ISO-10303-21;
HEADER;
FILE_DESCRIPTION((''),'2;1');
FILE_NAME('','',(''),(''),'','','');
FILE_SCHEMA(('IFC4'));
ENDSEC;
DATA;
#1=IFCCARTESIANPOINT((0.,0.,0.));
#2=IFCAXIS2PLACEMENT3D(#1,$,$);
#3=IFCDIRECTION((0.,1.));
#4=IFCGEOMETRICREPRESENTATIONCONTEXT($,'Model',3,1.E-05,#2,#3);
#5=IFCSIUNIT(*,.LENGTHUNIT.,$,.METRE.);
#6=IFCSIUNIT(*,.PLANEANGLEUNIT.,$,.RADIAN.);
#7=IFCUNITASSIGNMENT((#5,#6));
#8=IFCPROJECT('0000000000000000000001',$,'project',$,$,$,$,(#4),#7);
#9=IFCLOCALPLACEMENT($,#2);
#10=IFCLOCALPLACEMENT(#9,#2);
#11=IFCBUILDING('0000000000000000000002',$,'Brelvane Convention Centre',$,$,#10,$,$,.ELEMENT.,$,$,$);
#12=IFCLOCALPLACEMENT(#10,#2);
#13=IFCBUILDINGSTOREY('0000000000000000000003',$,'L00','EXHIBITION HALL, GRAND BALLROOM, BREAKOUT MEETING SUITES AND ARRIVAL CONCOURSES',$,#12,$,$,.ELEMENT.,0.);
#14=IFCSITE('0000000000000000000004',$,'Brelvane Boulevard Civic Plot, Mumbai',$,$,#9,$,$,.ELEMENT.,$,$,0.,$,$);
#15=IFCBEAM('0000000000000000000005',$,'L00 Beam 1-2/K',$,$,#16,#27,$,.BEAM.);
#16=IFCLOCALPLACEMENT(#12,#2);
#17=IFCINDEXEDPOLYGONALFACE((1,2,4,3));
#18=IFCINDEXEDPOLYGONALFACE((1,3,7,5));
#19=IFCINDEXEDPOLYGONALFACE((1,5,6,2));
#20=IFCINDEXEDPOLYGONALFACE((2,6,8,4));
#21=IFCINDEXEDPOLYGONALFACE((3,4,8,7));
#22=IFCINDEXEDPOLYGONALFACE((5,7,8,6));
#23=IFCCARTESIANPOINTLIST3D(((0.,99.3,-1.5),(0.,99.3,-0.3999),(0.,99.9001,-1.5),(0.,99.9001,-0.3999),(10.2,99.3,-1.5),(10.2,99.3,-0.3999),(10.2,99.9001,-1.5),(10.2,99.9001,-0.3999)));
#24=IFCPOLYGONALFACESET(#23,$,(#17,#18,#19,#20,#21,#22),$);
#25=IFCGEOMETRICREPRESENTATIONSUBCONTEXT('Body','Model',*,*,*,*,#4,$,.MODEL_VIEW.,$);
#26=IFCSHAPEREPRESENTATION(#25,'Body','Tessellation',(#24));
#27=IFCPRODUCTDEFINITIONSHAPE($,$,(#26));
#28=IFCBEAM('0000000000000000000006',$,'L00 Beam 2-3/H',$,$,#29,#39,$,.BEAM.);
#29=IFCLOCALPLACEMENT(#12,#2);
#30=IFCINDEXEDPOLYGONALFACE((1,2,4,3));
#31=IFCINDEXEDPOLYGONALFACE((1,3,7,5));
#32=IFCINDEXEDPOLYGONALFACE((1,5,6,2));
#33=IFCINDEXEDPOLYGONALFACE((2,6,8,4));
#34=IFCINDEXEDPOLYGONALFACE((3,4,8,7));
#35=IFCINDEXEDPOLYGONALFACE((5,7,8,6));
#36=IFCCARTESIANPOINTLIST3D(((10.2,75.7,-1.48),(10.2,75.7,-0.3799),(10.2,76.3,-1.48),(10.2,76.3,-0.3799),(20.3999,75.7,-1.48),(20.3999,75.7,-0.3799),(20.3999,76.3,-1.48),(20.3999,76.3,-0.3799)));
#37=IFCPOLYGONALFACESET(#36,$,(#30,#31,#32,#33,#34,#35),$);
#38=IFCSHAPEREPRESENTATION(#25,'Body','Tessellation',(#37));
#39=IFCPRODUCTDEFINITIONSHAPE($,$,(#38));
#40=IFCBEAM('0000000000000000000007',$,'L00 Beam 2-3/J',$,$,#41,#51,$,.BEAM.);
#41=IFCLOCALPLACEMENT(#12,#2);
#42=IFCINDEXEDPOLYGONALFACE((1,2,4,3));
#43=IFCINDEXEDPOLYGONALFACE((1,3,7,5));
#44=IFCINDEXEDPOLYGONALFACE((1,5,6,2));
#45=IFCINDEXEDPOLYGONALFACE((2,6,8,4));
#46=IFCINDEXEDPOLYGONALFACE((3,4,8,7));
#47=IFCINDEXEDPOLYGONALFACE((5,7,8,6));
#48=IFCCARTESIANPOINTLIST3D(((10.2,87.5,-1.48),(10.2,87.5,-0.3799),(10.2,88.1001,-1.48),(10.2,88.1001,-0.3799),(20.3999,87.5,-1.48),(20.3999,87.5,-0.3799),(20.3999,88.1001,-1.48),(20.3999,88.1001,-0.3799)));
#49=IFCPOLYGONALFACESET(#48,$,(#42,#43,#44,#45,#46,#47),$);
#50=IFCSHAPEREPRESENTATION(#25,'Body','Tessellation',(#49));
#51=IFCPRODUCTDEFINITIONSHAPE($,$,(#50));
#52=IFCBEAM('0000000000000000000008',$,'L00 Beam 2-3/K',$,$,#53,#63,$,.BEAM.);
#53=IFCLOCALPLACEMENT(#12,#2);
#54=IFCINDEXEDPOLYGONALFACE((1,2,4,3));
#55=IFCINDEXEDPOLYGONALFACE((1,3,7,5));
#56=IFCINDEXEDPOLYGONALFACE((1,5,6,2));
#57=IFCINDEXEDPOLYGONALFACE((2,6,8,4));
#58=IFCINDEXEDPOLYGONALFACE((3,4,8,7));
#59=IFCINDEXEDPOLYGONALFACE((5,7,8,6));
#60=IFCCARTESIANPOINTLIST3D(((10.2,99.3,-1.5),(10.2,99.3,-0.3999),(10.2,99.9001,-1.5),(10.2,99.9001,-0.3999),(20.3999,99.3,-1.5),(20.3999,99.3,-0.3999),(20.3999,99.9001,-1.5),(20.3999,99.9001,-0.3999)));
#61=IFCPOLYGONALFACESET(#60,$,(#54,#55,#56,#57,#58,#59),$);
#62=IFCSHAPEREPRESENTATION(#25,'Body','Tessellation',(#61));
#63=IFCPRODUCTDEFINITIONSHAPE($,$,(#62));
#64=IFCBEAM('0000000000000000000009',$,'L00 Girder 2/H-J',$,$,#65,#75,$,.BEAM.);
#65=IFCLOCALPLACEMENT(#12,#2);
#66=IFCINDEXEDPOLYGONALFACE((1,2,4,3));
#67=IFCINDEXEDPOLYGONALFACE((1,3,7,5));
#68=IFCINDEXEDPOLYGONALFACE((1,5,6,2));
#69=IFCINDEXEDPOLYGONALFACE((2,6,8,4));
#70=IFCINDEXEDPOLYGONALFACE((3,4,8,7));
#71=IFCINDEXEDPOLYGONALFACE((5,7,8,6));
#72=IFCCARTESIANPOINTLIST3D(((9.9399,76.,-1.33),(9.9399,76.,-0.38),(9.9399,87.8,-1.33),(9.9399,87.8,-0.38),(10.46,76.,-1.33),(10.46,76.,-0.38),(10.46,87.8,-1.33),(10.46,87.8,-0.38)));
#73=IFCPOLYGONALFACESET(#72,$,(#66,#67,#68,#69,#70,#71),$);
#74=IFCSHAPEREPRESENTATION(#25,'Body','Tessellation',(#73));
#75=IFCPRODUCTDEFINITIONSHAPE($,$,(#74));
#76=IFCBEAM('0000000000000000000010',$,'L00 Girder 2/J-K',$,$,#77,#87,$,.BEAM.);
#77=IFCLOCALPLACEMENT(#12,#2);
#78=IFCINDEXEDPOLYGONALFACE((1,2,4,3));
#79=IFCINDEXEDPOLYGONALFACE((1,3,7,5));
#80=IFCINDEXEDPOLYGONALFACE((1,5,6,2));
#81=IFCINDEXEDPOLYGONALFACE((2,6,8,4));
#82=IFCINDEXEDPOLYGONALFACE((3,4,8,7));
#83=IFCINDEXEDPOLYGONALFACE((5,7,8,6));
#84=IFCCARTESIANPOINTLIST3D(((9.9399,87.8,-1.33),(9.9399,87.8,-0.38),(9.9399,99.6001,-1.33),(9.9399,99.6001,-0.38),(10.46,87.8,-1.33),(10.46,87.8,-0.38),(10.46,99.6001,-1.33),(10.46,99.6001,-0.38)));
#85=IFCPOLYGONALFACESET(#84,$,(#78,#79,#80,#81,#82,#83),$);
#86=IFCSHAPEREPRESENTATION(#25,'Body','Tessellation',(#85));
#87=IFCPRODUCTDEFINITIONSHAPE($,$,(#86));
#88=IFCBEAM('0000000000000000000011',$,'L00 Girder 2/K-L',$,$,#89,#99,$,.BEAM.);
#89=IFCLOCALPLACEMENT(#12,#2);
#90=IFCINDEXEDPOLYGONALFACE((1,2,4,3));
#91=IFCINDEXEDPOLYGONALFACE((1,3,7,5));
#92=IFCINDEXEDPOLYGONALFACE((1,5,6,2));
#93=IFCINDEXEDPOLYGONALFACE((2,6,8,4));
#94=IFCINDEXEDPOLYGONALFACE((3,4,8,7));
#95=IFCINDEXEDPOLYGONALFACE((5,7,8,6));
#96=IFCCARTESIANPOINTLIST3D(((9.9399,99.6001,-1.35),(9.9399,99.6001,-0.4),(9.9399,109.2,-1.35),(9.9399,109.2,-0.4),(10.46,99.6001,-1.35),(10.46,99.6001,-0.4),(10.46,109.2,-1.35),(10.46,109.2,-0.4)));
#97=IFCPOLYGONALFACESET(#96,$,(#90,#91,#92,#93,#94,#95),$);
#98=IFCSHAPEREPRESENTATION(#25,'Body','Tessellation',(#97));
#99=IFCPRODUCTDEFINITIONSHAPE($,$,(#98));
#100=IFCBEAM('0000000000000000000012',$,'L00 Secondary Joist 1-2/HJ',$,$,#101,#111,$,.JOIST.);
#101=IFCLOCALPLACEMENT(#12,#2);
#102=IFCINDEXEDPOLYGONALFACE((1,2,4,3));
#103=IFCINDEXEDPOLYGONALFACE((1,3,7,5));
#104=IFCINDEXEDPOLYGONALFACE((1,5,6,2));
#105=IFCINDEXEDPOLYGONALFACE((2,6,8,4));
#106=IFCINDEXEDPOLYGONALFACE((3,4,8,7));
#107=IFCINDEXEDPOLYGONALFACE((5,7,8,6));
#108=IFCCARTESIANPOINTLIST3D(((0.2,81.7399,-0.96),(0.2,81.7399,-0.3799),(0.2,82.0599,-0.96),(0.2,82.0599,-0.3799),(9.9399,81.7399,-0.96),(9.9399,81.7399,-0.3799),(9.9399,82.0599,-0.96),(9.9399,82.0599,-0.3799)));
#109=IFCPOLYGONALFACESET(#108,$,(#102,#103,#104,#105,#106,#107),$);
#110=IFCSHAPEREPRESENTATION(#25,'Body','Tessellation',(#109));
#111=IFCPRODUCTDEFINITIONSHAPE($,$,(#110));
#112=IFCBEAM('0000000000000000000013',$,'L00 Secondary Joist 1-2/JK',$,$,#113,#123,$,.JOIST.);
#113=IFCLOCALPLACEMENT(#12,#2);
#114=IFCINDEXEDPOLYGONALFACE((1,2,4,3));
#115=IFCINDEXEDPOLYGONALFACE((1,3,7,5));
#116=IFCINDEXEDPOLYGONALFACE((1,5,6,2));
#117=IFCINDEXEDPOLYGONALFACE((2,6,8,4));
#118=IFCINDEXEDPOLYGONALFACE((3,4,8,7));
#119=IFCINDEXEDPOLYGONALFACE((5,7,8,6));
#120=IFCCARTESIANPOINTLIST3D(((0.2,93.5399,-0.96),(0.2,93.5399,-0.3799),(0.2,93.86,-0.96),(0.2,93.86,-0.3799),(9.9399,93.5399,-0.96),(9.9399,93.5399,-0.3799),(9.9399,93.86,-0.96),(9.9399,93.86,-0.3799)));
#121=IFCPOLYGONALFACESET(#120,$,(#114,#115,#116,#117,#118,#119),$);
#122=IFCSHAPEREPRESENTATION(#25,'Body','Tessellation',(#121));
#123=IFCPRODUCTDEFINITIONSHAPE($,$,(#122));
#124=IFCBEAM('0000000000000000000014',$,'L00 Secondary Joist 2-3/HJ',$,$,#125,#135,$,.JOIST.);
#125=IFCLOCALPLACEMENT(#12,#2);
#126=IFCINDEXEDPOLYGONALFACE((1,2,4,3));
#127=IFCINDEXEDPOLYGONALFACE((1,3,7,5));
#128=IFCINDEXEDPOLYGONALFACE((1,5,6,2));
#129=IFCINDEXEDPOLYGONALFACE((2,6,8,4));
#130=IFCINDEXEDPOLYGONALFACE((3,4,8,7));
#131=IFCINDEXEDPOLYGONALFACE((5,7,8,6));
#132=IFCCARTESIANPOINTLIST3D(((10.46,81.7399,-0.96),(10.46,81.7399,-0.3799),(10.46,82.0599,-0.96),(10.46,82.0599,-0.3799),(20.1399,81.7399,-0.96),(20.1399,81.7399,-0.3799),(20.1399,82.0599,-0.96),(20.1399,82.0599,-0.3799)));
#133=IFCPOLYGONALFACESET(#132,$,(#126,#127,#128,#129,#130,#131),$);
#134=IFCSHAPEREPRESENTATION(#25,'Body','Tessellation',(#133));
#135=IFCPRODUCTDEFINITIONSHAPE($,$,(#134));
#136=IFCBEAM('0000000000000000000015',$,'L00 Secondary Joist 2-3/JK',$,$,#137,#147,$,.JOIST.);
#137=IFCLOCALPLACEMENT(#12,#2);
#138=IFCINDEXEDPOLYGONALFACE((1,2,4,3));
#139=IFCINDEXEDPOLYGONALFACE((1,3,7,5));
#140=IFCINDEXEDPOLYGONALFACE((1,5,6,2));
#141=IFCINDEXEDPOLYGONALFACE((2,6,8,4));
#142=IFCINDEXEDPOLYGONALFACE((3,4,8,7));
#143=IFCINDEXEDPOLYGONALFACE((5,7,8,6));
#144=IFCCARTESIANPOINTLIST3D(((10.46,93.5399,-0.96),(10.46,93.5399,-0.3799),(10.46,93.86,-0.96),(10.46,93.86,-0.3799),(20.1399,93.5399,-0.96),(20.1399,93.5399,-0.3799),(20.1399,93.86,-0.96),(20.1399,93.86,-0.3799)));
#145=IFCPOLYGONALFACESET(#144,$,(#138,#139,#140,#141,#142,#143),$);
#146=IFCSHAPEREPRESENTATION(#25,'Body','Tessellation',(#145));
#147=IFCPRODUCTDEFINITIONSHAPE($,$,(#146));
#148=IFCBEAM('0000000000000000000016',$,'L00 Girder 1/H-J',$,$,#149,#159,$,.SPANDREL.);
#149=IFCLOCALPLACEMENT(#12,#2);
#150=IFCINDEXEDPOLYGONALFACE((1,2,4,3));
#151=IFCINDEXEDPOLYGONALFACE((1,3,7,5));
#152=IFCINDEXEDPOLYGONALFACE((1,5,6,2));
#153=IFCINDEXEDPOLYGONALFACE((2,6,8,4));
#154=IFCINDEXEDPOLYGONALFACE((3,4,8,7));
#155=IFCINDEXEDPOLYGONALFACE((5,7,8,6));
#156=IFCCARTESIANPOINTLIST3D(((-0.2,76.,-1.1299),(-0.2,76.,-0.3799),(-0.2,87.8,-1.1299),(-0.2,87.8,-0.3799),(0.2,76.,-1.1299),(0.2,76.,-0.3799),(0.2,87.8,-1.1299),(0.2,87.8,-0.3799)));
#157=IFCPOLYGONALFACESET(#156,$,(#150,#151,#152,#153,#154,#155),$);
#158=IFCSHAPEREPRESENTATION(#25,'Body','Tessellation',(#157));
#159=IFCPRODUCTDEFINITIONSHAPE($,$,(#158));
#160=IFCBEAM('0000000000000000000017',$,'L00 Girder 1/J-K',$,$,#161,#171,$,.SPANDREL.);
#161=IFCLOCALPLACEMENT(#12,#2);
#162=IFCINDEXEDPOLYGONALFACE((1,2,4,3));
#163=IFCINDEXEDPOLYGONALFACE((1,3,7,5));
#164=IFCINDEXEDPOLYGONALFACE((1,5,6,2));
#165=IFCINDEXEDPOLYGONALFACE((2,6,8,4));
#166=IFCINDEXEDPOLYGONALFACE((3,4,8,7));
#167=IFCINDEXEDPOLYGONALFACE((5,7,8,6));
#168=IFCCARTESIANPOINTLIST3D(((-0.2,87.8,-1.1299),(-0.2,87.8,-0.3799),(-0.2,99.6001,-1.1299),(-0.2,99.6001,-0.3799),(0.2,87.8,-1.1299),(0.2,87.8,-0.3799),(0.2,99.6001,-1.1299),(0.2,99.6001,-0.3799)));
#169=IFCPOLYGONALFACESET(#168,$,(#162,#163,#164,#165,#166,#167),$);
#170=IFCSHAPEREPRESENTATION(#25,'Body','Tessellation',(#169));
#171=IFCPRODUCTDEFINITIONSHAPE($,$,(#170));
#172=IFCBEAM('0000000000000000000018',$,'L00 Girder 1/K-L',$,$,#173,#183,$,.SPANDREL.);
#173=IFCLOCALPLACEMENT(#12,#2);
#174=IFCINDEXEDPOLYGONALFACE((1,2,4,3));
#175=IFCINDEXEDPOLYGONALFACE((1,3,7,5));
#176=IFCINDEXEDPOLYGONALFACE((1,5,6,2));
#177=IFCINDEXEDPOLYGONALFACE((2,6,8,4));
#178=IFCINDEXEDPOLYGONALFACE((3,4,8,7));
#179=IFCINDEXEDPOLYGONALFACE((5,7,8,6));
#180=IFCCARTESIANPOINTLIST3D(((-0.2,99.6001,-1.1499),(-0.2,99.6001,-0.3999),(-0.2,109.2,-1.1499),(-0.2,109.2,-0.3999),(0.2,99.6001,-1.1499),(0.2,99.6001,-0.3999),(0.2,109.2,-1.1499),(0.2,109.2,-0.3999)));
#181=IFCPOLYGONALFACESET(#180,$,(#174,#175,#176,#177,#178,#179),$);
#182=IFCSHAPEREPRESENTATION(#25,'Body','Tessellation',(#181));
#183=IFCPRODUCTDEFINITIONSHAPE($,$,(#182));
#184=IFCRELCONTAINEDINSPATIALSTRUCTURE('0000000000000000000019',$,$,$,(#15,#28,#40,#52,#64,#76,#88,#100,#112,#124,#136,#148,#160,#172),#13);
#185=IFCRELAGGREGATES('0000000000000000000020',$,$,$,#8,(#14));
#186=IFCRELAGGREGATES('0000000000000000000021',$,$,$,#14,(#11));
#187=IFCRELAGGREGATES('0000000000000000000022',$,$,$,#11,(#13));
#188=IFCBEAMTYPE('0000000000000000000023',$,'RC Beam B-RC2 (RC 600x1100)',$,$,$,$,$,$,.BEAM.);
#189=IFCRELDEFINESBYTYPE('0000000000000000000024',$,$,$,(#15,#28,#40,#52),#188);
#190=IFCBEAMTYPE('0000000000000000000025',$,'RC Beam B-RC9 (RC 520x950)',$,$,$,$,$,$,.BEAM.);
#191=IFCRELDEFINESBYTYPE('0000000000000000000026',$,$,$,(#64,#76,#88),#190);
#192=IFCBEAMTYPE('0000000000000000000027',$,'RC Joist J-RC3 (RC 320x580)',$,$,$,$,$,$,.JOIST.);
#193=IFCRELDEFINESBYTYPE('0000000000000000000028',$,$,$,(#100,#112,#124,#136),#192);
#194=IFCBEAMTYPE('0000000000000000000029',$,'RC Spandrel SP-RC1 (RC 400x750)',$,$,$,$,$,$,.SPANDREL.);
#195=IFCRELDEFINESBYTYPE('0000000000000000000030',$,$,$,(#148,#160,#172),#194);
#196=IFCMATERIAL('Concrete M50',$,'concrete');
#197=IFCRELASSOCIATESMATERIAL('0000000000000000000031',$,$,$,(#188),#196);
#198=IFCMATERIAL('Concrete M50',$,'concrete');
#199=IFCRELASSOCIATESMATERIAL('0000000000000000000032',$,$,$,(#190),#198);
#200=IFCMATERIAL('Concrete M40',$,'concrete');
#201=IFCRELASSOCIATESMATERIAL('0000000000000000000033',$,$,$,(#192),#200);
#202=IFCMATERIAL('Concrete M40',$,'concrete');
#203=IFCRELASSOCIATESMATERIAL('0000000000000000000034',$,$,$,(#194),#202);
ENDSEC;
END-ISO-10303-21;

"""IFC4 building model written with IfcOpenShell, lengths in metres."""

from ifc_helpers import new_model, si_unit, direction, frame, origin, origin_2d, place, context, subcontext, project, spatial, rectangle, extrude, material, material_profile, profile_set, type_object, element, save


model = new_model("IFC4")

# Units and contexts
model_context = context("Model", 3, precision=1e-05, world=origin(), true_north=direction((0.0, 1.0)))
body_context = subcontext(model_context, "Body", "Model", "MODEL_VIEW")
ifc_project = project(units=[si_unit("LENGTHUNIT", "METRE"), si_unit("PLANEANGLEUNIT", "RADIAN")], contexts=[model_context])

# Site, building, storey
site_placement = place(None, origin())
site = spatial("IfcSite", under=ifc_project, at=site_placement, Name="Brelvane Boulevard Civic Plot, Mumbai", CompositionType="ELEMENT", RefElevation=0.0)
building_placement = place(site_placement, origin())
building = spatial("IfcBuilding", under=site, at=building_placement, Name="Brelvane Convention Centre", CompositionType="ELEMENT")
storey_placement = place(building_placement, origin())
storey = spatial("IfcBuildingStorey", under=building, at=storey_placement, Name="L00", Description="EXHIBITION HALL, GRAND BALLROOM, BREAKOUT MEETING SUITES AND ARRIVAL CONCOURSES", CompositionType="ELEMENT", Elevation=0.0)

# Beams
ifc_material_1 = material(Name="Concrete M50", Category="concrete")
ifc_material_profile_1 = material_profile(ifc_material_1, rectangle(XDim=0.6001, YDim=1.1001, at=origin_2d()), Name="RC 600x1100")
ifc_profile_set_1 = profile_set([ifc_material_profile_1], Name="Concrete M50")
beam_type_1 = type_object("IfcBeamType", Name="RC Beam B-RC2 (RC 600x1100)", PredefinedType="BEAM", material=ifc_profile_set_1)
for number, where, z_axis, x_axis, name in (
    (1, (0.0, 99.6001, -0.95), (1.0, 0.0, 0.0), (0.0, 1.0, 0.0), "L00 Beam 1-2/K"),
    (2, (10.2, 76.0, -0.9299), (1.0, 0.0, 0.0), (0.0, 1.0, 0.0), "L00 Beam 2-3/H"),
    (3, (10.2, 87.8, -0.9299), (1.0, 0.0, 0.0), (0.0, 1.0, 0.0), "L00 Beam 2-3/J"),
    (4, (10.2, 99.6001, -0.95), (1.0, 0.0, 0.0), (0.0, 1.0, 0.0), "L00 Beam 2-3/K"),
):
    element("IfcBeam", number, at=place(storey_placement, frame(where, z_axis=z_axis, x_axis=x_axis)), inside=storey, type_object=beam_type_1, Name=name, PredefinedType="BEAM", context=body_context, shape_type="SweptSolid", body=[
        extrude(rectangle(XDim=0.6001, YDim=1.1001, at=origin_2d()), origin(), (0.0, 0.0, 1.0), 10.2),
    ])
ifc_material_2 = material(Name="Concrete M50", Category="concrete")
ifc_material_profile_2 = material_profile(ifc_material_2, rectangle(XDim=0.52, YDim=0.95, at=origin_2d()), Name="RC 520x950")
ifc_profile_set_2 = profile_set([ifc_material_profile_2], Name="Concrete M50")
beam_type_2 = type_object("IfcBeamType", Name="RC Beam B-RC9 (RC 520x950)", PredefinedType="BEAM", material=ifc_profile_set_2)
for number, where, z_axis, x_axis, name in (
    (5, (10.2, 76.0, -0.855), (0.0, 1.0, 0.0), (-1.0, 0.0, 0.0), "L00 Girder 2/H-J"),
    (6, (10.2, 87.8, -0.855), (0.0, 1.0, 0.0), (-1.0, 0.0, 0.0), "L00 Girder 2/J-K"),
):
    element("IfcBeam", number, at=place(storey_placement, frame(where, z_axis=z_axis, x_axis=x_axis)), inside=storey, type_object=beam_type_2, Name=name, PredefinedType="BEAM", context=body_context, shape_type="SweptSolid", body=[
        extrude(rectangle(XDim=0.52, YDim=0.95, at=origin_2d()), origin(), (0.0, 0.0, 1.0), 11.8),
    ])
beam_1_placement = place(storey_placement, frame((10.2, 99.6001, -0.875), z_axis=(0.0, 1.0, 0.0), x_axis=(-1.0, 0.0, 0.0)))
element("IfcBeam", 7, at=beam_1_placement, inside=storey, type_object=beam_type_2, Name="L00 Girder 2/K-L", PredefinedType="BEAM", context=body_context, shape_type="SweptSolid", body=[
    extrude(rectangle(XDim=0.52, YDim=0.95, at=origin_2d()), origin(), (0.0, 0.0, 1.0), 9.5999),
])
ifc_material_3 = material(Name="Concrete M40", Category="concrete")
ifc_material_profile_3 = material_profile(ifc_material_3, rectangle(XDim=0.3201, YDim=0.5801, at=origin_2d()), Name="RC 320x580")
ifc_profile_set_3 = profile_set([ifc_material_profile_3], Name="Concrete M40")
beam_type_3 = type_object("IfcBeamType", Name="RC Joist J-RC3 (RC 320x580)", PredefinedType="JOIST", material=ifc_profile_set_3)
for number, where, z_axis, x_axis, name in (
    (8, (0.2, 81.8999, -0.6699), (1.0, 0.0, 0.0), (0.0, 1.0, 0.0), "L00 Secondary Joist 1-2/HJ"),
    (9, (0.2, 93.7, -0.6699), (1.0, 0.0, 0.0), (0.0, 1.0, 0.0), "L00 Secondary Joist 1-2/JK"),
):
    element("IfcBeam", number, at=place(storey_placement, frame(where, z_axis=z_axis, x_axis=x_axis)), inside=storey, type_object=beam_type_3, Name=name, PredefinedType="JOIST", context=body_context, shape_type="SweptSolid", body=[
        extrude(rectangle(XDim=0.3201, YDim=0.5801, at=origin_2d()), origin(), (0.0, 0.0, 1.0), 9.74),
    ])
for number, where, z_axis, x_axis, name in (
    (10, (10.46, 81.8999, -0.6699), (1.0, 0.0, 0.0), (0.0, 1.0, 0.0), "L00 Secondary Joist 2-3/HJ"),
    (11, (10.46, 93.7, -0.6699), (1.0, 0.0, 0.0), (0.0, 1.0, 0.0), "L00 Secondary Joist 2-3/JK"),
):
    element("IfcBeam", number, at=place(storey_placement, frame(where, z_axis=z_axis, x_axis=x_axis)), inside=storey, type_object=beam_type_3, Name=name, PredefinedType="JOIST", context=body_context, shape_type="SweptSolid", body=[
        extrude(rectangle(XDim=0.3201, YDim=0.5801, at=origin_2d()), origin(), (0.0, 0.0, 1.0), 9.6799),
    ])
ifc_material_4 = material(Name="Concrete M40", Category="concrete")
ifc_material_profile_4 = material_profile(ifc_material_4, rectangle(XDim=0.3999, YDim=0.75, at=origin_2d()), Name="RC 400x750")
ifc_profile_set_4 = profile_set([ifc_material_profile_4], Name="Concrete M40")
beam_type_4 = type_object("IfcBeamType", Name="RC Spandrel SP-RC1 (RC 400x750)", PredefinedType="SPANDREL", material=ifc_profile_set_4)
for number, where, z_axis, x_axis, name in (
    (12, (0.0, 76.0, -0.7549), (0.0, 1.0, 0.0), (-1.0, 0.0, 0.0), "L00 Girder 1/H-J"),
    (13, (0.0, 87.8, -0.7549), (0.0, 1.0, 0.0), (-1.0, 0.0, 0.0), "L00 Girder 1/J-K"),
):
    element("IfcBeam", number, at=place(storey_placement, frame(where, z_axis=z_axis, x_axis=x_axis)), inside=storey, type_object=beam_type_4, Name=name, PredefinedType="SPANDREL", context=body_context, shape_type="SweptSolid", body=[
        extrude(rectangle(XDim=0.3999, YDim=0.75, at=origin_2d()), origin(), (0.0, 0.0, 1.0), 11.8),
    ])
beam_2_placement = place(storey_placement, frame((0.0, 99.6001, -0.7749), z_axis=(0.0, 1.0, 0.0), x_axis=(-1.0, 0.0, 0.0)))
element("IfcBeam", 14, at=beam_2_placement, inside=storey, type_object=beam_type_4, Name="L00 Girder 1/K-L", PredefinedType="SPANDREL", context=body_context, shape_type="SweptSolid", body=[
    extrude(rectangle(XDim=0.3999, YDim=0.75, at=origin_2d()), origin(), (0.0, 0.0, 1.0), 9.5999),
])

save(model, "model.ifc")
